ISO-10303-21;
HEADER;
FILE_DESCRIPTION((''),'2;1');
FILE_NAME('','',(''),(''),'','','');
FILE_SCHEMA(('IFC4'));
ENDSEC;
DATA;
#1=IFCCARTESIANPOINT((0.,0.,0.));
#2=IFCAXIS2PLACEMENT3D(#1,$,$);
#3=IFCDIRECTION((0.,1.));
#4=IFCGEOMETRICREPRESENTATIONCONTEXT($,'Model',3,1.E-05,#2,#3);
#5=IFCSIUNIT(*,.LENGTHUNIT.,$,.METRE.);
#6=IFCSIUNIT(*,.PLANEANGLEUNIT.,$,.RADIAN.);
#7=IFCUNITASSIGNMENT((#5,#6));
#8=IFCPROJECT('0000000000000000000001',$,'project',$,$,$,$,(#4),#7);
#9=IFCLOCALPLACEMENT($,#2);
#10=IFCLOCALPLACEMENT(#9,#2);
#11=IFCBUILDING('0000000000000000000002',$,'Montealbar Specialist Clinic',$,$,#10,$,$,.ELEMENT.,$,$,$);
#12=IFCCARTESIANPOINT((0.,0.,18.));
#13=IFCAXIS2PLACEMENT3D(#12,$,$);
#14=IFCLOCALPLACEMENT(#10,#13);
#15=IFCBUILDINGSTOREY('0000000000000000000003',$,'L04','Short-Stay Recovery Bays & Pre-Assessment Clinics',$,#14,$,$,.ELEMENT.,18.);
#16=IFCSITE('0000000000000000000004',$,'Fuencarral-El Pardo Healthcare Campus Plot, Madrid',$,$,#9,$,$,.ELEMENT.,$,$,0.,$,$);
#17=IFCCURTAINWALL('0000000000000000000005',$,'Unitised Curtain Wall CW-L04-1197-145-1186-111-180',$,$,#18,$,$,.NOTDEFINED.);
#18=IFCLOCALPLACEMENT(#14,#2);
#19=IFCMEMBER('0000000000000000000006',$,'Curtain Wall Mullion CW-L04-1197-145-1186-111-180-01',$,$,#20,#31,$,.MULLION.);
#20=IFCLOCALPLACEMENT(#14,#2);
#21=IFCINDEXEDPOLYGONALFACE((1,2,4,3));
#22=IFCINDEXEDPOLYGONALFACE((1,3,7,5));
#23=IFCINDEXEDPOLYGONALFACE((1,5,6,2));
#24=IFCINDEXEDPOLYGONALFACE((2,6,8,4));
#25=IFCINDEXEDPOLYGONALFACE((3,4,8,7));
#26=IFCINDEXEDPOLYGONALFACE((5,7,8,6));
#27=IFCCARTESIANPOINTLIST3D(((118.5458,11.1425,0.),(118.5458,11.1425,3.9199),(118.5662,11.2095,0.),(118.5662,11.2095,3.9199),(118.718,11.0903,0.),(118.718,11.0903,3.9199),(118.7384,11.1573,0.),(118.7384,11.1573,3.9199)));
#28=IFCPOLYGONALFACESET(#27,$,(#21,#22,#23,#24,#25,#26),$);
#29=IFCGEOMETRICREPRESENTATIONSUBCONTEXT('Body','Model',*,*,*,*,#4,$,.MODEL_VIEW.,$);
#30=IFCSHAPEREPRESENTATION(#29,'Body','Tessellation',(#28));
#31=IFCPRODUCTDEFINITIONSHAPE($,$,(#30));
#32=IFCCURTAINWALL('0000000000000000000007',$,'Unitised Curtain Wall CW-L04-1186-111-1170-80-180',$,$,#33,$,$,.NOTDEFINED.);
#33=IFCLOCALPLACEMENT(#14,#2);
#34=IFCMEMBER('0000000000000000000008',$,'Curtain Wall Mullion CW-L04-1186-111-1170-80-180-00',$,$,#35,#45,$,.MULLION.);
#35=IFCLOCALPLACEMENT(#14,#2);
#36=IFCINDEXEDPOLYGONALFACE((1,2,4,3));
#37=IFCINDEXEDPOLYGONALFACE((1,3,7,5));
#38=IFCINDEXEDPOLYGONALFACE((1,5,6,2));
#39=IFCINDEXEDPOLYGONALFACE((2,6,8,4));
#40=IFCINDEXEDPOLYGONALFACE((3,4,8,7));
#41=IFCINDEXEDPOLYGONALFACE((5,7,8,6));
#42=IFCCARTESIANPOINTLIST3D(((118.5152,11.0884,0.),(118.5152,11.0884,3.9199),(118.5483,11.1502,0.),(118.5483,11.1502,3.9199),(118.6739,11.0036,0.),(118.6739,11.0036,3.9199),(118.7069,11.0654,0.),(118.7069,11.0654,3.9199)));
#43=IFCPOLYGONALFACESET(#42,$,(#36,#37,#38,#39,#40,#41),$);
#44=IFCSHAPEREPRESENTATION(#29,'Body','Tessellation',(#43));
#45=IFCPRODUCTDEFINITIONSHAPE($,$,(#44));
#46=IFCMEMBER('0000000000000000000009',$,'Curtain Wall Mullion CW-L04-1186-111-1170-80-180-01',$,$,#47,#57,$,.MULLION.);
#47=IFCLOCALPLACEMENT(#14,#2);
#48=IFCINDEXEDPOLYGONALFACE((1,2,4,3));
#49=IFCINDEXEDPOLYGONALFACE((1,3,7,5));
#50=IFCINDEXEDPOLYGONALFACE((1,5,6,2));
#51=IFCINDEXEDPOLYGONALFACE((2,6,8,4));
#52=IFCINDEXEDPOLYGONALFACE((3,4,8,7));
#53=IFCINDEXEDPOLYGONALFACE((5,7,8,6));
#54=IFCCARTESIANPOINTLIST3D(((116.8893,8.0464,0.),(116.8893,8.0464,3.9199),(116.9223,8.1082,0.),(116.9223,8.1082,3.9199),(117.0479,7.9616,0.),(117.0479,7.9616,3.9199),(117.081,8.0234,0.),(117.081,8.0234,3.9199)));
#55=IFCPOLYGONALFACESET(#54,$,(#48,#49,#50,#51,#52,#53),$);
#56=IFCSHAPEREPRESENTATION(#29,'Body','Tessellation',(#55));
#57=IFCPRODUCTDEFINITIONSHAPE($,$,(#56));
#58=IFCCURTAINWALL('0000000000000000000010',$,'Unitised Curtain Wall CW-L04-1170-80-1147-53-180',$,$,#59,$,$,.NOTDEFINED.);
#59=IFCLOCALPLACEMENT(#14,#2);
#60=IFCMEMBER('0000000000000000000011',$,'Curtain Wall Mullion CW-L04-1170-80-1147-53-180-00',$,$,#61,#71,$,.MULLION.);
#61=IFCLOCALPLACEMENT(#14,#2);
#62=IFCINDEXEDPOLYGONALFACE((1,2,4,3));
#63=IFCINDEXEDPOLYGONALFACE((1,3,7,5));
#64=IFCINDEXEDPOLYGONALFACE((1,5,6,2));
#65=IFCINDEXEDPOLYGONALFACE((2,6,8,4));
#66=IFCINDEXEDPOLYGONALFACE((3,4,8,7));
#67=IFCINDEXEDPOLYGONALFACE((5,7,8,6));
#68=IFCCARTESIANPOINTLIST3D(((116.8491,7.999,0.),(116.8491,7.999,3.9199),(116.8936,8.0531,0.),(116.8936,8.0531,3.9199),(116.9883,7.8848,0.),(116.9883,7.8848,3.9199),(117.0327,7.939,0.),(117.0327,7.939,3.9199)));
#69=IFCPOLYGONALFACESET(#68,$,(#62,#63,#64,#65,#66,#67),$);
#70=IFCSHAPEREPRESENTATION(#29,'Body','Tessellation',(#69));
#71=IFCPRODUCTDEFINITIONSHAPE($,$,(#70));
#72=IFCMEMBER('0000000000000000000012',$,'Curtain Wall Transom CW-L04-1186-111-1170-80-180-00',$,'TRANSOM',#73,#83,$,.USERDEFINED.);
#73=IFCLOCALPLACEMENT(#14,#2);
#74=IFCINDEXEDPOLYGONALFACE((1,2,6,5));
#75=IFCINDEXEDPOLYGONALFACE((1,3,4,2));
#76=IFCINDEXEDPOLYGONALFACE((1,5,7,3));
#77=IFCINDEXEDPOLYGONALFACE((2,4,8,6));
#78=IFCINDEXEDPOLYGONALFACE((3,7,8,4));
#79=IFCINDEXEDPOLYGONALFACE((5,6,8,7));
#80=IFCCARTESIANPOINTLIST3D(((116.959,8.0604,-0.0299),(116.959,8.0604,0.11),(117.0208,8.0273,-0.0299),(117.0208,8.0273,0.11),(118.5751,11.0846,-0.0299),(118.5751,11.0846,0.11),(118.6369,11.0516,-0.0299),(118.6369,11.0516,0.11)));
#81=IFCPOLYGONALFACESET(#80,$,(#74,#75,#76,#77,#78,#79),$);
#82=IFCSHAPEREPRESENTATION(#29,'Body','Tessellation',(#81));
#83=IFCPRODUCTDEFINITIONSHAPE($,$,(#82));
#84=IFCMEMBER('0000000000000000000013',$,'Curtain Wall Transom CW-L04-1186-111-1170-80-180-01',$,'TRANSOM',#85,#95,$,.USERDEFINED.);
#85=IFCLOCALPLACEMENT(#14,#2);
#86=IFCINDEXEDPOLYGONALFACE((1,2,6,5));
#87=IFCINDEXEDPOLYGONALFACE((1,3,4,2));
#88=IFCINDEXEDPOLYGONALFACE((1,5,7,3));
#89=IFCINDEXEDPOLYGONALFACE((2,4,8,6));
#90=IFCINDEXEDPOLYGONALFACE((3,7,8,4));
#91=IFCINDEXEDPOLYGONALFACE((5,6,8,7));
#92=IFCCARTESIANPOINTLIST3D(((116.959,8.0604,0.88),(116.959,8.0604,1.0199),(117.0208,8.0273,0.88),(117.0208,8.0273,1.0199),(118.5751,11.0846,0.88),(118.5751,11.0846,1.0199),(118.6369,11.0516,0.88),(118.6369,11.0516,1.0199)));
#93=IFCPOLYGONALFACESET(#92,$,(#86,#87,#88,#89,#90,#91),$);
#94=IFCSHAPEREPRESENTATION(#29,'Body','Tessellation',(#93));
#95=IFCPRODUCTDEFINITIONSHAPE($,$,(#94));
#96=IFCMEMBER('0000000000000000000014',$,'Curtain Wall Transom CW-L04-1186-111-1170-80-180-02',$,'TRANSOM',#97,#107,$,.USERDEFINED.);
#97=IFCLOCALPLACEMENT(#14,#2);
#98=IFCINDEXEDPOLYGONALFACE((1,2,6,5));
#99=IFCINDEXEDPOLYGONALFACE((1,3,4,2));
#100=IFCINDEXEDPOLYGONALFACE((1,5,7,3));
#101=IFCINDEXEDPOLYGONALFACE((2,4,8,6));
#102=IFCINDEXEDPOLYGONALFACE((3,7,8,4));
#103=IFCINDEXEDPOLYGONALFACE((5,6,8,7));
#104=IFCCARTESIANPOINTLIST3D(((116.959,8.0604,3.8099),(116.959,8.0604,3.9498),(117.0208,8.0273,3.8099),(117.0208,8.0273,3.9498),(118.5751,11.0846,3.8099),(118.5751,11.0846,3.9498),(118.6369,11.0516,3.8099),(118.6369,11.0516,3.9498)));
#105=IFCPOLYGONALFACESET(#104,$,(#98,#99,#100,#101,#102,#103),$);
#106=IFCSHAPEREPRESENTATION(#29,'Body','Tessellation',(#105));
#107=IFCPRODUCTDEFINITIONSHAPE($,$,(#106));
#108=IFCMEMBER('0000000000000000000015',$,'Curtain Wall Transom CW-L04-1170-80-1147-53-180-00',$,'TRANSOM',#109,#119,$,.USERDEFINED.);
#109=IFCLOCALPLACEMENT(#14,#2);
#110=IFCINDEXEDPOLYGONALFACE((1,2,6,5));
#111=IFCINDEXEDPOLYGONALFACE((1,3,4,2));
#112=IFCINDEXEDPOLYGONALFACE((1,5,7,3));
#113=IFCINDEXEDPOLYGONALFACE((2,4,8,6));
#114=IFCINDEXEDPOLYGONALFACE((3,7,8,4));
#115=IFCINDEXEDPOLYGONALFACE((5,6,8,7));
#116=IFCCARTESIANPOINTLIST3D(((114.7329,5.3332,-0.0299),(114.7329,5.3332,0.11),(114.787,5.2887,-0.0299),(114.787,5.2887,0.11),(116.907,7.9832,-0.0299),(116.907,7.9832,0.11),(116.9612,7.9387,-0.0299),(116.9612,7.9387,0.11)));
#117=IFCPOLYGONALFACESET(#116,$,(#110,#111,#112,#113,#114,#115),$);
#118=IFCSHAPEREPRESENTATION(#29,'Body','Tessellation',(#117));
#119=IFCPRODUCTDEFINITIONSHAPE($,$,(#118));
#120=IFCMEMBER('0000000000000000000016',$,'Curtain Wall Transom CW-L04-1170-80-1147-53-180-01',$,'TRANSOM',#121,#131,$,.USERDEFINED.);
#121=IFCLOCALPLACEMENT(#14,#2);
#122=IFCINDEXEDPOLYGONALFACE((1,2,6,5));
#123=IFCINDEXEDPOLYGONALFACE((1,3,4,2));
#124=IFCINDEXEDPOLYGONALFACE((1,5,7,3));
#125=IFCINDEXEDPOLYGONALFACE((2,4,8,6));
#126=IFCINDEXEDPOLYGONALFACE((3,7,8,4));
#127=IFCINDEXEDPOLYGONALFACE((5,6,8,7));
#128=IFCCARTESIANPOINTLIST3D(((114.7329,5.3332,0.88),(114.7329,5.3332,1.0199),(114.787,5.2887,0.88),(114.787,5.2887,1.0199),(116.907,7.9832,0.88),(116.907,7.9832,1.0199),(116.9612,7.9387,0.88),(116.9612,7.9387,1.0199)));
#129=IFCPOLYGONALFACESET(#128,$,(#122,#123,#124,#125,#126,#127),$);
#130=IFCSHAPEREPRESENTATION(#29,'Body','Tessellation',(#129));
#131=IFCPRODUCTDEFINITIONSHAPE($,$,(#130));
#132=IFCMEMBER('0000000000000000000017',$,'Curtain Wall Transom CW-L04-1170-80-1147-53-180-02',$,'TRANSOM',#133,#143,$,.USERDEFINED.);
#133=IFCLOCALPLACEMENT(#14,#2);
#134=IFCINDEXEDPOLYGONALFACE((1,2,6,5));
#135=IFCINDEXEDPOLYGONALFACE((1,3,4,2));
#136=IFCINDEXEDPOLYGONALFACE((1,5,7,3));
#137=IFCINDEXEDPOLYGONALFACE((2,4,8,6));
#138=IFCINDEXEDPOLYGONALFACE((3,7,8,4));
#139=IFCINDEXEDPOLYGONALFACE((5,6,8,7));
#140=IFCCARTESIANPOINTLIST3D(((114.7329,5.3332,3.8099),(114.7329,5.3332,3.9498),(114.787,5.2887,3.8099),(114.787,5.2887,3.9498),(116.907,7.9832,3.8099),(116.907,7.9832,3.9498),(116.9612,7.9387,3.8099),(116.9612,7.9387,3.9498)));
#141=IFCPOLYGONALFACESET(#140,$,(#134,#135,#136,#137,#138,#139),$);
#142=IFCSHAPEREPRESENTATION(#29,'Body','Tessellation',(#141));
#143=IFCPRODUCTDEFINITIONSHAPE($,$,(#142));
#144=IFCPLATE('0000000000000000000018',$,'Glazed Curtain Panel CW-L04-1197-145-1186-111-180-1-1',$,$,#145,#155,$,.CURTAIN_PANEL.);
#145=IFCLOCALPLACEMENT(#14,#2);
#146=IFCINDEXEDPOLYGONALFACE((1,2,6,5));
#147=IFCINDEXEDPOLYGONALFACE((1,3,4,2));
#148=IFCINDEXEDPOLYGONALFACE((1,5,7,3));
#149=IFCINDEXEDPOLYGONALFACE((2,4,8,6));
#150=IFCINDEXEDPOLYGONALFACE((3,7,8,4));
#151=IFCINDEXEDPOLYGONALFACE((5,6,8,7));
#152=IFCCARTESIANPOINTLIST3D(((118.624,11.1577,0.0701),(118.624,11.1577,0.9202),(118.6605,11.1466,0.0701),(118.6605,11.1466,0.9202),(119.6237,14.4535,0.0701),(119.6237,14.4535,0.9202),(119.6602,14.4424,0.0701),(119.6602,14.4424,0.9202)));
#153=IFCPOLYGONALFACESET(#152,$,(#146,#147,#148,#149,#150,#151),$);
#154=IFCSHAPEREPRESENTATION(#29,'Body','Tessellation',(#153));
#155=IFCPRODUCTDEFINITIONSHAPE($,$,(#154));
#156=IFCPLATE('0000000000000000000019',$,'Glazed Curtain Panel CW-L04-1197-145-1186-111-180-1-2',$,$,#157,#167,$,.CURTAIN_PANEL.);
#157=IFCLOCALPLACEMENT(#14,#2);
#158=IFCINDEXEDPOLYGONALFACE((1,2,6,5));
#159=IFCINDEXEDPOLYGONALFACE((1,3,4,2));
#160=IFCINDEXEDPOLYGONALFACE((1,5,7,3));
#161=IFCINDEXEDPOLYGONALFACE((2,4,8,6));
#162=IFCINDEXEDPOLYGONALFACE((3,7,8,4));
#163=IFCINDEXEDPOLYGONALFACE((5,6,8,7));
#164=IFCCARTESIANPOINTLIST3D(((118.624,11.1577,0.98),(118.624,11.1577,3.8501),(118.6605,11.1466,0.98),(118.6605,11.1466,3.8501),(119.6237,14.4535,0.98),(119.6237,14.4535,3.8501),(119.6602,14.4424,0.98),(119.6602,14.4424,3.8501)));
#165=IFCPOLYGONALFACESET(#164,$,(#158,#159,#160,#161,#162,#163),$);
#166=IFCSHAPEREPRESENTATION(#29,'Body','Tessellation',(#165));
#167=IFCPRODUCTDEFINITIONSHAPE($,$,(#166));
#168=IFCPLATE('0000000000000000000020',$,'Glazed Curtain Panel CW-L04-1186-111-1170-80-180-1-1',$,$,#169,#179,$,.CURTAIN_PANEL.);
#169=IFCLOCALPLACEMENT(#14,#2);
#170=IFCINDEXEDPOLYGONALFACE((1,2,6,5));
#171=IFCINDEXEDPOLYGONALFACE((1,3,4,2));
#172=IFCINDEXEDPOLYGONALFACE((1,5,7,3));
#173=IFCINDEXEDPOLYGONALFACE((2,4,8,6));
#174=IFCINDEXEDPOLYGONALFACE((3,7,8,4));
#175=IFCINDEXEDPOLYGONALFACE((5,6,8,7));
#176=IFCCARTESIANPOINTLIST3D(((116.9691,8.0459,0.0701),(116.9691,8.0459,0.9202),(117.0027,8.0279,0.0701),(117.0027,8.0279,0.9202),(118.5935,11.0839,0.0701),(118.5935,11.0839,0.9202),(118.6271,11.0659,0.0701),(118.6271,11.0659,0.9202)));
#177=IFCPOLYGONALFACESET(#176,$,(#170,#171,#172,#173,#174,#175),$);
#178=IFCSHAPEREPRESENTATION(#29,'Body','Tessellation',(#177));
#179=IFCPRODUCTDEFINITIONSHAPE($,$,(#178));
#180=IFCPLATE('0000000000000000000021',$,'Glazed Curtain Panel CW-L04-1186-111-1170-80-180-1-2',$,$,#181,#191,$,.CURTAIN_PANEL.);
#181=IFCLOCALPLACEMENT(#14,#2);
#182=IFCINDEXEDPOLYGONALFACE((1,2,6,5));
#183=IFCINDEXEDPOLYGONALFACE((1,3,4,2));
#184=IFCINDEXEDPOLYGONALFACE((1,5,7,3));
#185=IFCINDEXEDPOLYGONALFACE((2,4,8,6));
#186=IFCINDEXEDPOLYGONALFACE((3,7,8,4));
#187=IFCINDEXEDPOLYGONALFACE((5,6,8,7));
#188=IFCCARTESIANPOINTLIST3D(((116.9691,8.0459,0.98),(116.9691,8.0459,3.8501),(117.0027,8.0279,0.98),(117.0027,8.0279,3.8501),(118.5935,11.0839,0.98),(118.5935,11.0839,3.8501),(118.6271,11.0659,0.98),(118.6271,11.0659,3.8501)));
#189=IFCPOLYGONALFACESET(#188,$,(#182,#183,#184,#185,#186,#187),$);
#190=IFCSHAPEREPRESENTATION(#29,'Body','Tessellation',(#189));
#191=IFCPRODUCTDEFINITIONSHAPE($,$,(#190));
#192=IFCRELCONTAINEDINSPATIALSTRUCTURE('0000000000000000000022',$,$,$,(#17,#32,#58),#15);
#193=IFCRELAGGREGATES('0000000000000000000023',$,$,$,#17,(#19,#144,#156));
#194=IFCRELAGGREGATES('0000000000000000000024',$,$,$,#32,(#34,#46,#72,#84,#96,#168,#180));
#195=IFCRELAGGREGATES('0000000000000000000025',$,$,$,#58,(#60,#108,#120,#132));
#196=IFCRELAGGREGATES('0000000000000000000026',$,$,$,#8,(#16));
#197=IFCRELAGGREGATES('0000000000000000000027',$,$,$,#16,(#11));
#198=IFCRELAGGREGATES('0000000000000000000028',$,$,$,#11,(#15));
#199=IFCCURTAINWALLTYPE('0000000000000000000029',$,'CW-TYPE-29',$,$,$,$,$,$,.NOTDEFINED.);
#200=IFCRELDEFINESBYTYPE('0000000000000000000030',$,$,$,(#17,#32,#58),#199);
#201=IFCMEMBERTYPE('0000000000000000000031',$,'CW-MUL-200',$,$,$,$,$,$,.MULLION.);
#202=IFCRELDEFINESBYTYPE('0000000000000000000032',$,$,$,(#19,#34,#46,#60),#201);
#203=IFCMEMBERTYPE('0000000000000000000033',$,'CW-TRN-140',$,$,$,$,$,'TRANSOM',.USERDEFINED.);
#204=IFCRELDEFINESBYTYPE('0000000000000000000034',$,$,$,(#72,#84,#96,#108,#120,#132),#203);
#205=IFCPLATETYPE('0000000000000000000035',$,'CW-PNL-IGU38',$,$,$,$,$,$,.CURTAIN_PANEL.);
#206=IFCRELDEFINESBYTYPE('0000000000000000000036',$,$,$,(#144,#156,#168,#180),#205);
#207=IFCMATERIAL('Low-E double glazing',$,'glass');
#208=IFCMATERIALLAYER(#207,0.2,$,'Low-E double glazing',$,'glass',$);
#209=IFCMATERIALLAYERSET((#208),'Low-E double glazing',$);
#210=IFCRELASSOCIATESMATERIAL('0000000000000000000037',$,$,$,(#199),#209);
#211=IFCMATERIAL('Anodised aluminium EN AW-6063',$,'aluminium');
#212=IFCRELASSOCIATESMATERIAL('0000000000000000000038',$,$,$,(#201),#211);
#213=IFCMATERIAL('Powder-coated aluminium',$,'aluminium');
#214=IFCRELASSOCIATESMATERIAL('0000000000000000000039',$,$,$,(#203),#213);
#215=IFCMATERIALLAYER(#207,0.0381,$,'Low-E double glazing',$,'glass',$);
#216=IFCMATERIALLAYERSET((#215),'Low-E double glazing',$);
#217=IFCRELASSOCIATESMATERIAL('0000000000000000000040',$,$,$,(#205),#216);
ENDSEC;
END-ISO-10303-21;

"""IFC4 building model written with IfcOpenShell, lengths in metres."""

from ifc_helpers import new_model, si_unit, direction, frame, origin, origin_2d, place, context, subcontext, project, spatial, rectangle, extrude, material, layer, layer_set, material_profile, profile_set, type_object, element, aggregate, save


model = new_model("IFC4")

# Units and contexts
model_context = context("Model", 3, precision=1e-05, world=origin(), true_north=direction((0.0, 1.0)))
body_context = subcontext(model_context, "Body", "Model", "MODEL_VIEW")
ifc_project = project(units=[si_unit("LENGTHUNIT", "METRE"), si_unit("PLANEANGLEUNIT", "RADIAN")], contexts=[model_context])

# Site, building, storey
site_placement = place(None, origin())
site = spatial("IfcSite", under=ifc_project, at=site_placement, Name="Fuencarral-El Pardo Healthcare Campus Plot, Madrid", CompositionType="ELEMENT", RefElevation=0.0)
building_placement = place(site_placement, origin())
building = spatial("IfcBuilding", under=site, at=building_placement, Name="Montealbar Specialist Clinic", CompositionType="ELEMENT")
storey_placement = place(building_placement, frame((0.0, 0.0, 18.0)))
storey = spatial("IfcBuildingStorey", under=building, at=storey_placement, Name="L04", Description="Short-Stay Recovery Bays & Pre-Assessment Clinics", CompositionType="ELEMENT", Elevation=18.0)

# Curtain wall, member
ifc_material_1 = material(Name="Low-E double glazing", Category="glass")
ifc_layer_1 = layer(ifc_material_1, 0.2, Name="Low-E double glazing", Category="glass")
ifc_layer_set_1 = layer_set([ifc_layer_1], Name="Low-E double glazing")
curtain_wall_type = type_object("IfcCurtainWallType", Name="CW-TYPE-29", PredefinedType="NOTDEFINED", material=ifc_layer_set_1)
curtain_wall_1_placement = place(storey_placement, origin())
curtain_wall_1 = element("IfcCurtainWall", 1, at=curtain_wall_1_placement, inside=storey, type_object=curtain_wall_type, Name="Unitised Curtain Wall CW-L04-1197-145-1186-111-180", PredefinedType="NOTDEFINED")
ifc_material_2 = material(Name="Anodised aluminium EN AW-6063", Category="aluminium")
ifc_material_profile_1 = material_profile(ifc_material_2, rectangle(XDim=0.0701, YDim=0.1799, at=origin_2d()), Name="ALU 70x180", Category="aluminium")
ifc_profile_set_1 = profile_set([ifc_material_profile_1], Name="Anodised aluminium EN AW-6063")
member_type_1 = type_object("IfcMemberType", Name="CW-MUL-200", PredefinedType="MULLION", material=ifc_profile_set_1)
member_1_placement = place(storey_placement, frame((118.6421, 11.1499, 0.0), z_axis=(0.0, 0.0, 1.0), x_axis=(-0.290259, -0.956948, 0.0)))
member_1 = element("IfcMember", 2, at=member_1_placement, type_object=member_type_1, Name="Curtain Wall Mullion CW-L04-1197-145-1186-111-180-01", PredefinedType="MULLION", context=body_context, shape_type="SweptSolid", body=[
    extrude(rectangle(XDim=0.0701, YDim=0.1799, at=origin_2d()), origin(), (0.0, 0.0, 1.0), 3.9199),
])

# Curtain wall, members
curtain_wall_2_placement = place(storey_placement, origin())
curtain_wall_2 = element("IfcCurtainWall", 3, at=curtain_wall_2_placement, inside=storey, type_object=curtain_wall_type, Name="Unitised Curtain Wall CW-L04-1186-111-1170-80-180", PredefinedType="NOTDEFINED")
member_2_placement = place(storey_placement, frame((118.6111, 11.0769, 0.0), z_axis=(0.0, 0.0, 1.0), x_axis=(-0.471529, -0.88185, 0.0)))
member_2 = element("IfcMember", 4, at=member_2_placement, type_object=member_type_1, Name="Curtain Wall Mullion CW-L04-1186-111-1170-80-180-00", PredefinedType="MULLION", context=body_context, shape_type="SweptSolid", body=[
    extrude(rectangle(XDim=0.0701, YDim=0.1799, at=origin_2d()), origin(), (0.0, 0.0, 1.0), 3.9199),
])
member_3_placement = place(storey_placement, frame((116.9851, 8.0349, 0.0), z_axis=(0.0, 0.0, 1.0), x_axis=(-0.471529, -0.88185, 0.0)))
member_3 = element("IfcMember", 5, at=member_3_placement, type_object=member_type_1, Name="Curtain Wall Mullion CW-L04-1186-111-1170-80-180-01", PredefinedType="MULLION", context=body_context, shape_type="SweptSolid", body=[
    extrude(rectangle(XDim=0.0701, YDim=0.1799, at=origin_2d()), origin(), (0.0, 0.0, 1.0), 3.9199),
])

# Curtain wall, member
curtain_wall_3_placement = place(storey_placement, origin())
curtain_wall_3 = element("IfcCurtainWall", 6, at=curtain_wall_3_placement, inside=storey, type_object=curtain_wall_type, Name="Unitised Curtain Wall CW-L04-1170-80-1147-53-180", PredefinedType="NOTDEFINED")
member_4_placement = place(storey_placement, frame((116.9409, 7.969, 0.0), z_axis=(0.0, 0.0, 1.0), x_axis=(-0.634256, -0.773123, 0.0)))
member_4 = element("IfcMember", 7, at=member_4_placement, type_object=member_type_1, Name="Curtain Wall Mullion CW-L04-1170-80-1147-53-180-00", PredefinedType="MULLION", context=body_context, shape_type="SweptSolid", body=[
    extrude(rectangle(XDim=0.0701, YDim=0.1799, at=origin_2d()), origin(), (0.0, 0.0, 1.0), 3.9199),
])

# Members
ifc_material_3 = material(Name="Powder-coated aluminium", Category="aluminium")
ifc_material_profile_2 = material_profile(ifc_material_3, rectangle(XDim=0.0701, YDim=0.1399, at=origin_2d()), Name="ALU 70x140", Category="aluminium")
ifc_profile_set_2 = profile_set([ifc_material_profile_2], Name="Powder-coated aluminium")
member_type_2 = type_object("IfcMemberType", Name="CW-TRN-140", ElementType="TRANSOM", PredefinedType="USERDEFINED", material=ifc_profile_set_2)
member_5_placement = place(storey_placement, frame((118.606, 11.0681, 0.04), z_axis=(-0.471287, -0.88198, 0.0), x_axis=(0.88198, -0.471287, 0.0)))
member_5 = element("IfcMember", 8, at=member_5_placement, type_object=member_type_2, Name="Curtain Wall Transom CW-L04-1186-111-1170-80-180-00", ObjectType="TRANSOM", PredefinedType="USERDEFINED", context=body_context, shape_type="SweptSolid", body=[
    extrude(rectangle(XDim=0.0701, YDim=0.1399, at=origin_2d()), origin(), (0.0, 0.0, 1.0), 3.429),
])
member_6_placement = place(storey_placement, frame((118.606, 11.0681, 0.95), z_axis=(-0.471287, -0.88198, 0.0), x_axis=(0.88198, -0.471287, 0.0)))
member_6 = element("IfcMember", 9, at=member_6_placement, type_object=member_type_2, Name="Curtain Wall Transom CW-L04-1186-111-1170-80-180-01", ObjectType="TRANSOM", PredefinedType="USERDEFINED", context=body_context, shape_type="SweptSolid", body=[
    extrude(rectangle(XDim=0.0701, YDim=0.1399, at=origin_2d()), origin(), (0.0, 0.0, 1.0), 3.429),
])
member_7_placement = place(storey_placement, frame((118.606, 11.0681, 3.8799), z_axis=(-0.471287, -0.88198, 0.0), x_axis=(0.88198, -0.471287, 0.0)))
member_7 = element("IfcMember", 10, at=member_7_placement, type_object=member_type_2, Name="Curtain Wall Transom CW-L04-1186-111-1170-80-180-02", ObjectType="TRANSOM", PredefinedType="USERDEFINED", context=body_context, shape_type="SweptSolid", body=[
    extrude(rectangle(XDim=0.0701, YDim=0.1399, at=origin_2d()), origin(), (0.0, 0.0, 1.0), 3.429),
])
member_8_placement = place(storey_placement, frame((116.9341, 7.9609, 0.04), z_axis=(-0.634281, -0.773103, 0.0), x_axis=(0.773103, -0.634281, 0.0)))
member_8 = element("IfcMember", 11, at=member_8_placement, type_object=member_type_2, Name="Curtain Wall Transom CW-L04-1170-80-1147-53-180-00", ObjectType="TRANSOM", PredefinedType="USERDEFINED", context=body_context, shape_type="SweptSolid", body=[
    extrude(rectangle(XDim=0.0701, YDim=0.1399, at=origin_2d()), origin(), (0.0, 0.0, 1.0), 3.4277),
])
member_9_placement = place(storey_placement, frame((116.9341, 7.9609, 0.95), z_axis=(-0.634281, -0.773103, 0.0), x_axis=(0.773103, -0.634281, 0.0)))
member_9 = element("IfcMember", 12, at=member_9_placement, type_object=member_type_2, Name="Curtain Wall Transom CW-L04-1170-80-1147-53-180-01", ObjectType="TRANSOM", PredefinedType="USERDEFINED", context=body_context, shape_type="SweptSolid", body=[
    extrude(rectangle(XDim=0.0701, YDim=0.1399, at=origin_2d()), origin(), (0.0, 0.0, 1.0), 3.4277),
])
member_10_placement = place(storey_placement, frame((116.9341, 7.9609, 3.8799), z_axis=(-0.634281, -0.773103, 0.0), x_axis=(0.773103, -0.634281, 0.0)))
member_10 = element("IfcMember", 13, at=member_10_placement, type_object=member_type_2, Name="Curtain Wall Transom CW-L04-1170-80-1147-53-180-02", ObjectType="TRANSOM", PredefinedType="USERDEFINED", context=body_context, shape_type="SweptSolid", body=[
    extrude(rectangle(XDim=0.0701, YDim=0.1399, at=origin_2d()), origin(), (0.0, 0.0, 1.0), 3.4277),
])

# Plates
ifc_layer_2 = layer(ifc_material_1, 0.0381, Name="Low-E double glazing", Category="glass")
ifc_layer_set_2 = layer_set([ifc_layer_2], Name="Low-E double glazing")
plate_type = type_object("IfcPlateType", Name="CW-PNL-IGU38", PredefinedType="CURTAIN_PANEL", material=ifc_layer_set_2)
plate_1_placement = place(storey_placement, frame((119.1421, 12.8, 0.0701), z_axis=(0.0, 0.0, 1.0), x_axis=(-0.290259, -0.956948, 0.0)))
plate_1 = element("IfcPlate", 14, at=plate_1_placement, type_object=plate_type, Name="Glazed Curtain Panel CW-L04-1197-145-1186-111-180-1-1", PredefinedType="CURTAIN_PANEL", context=body_context, shape_type="SweptSolid", body=[
    extrude(rectangle(XDim=3.4441, YDim=0.0381, at=origin_2d()), origin(), (0.0, 0.0, 1.0), 0.8501),
])
plate_2_placement = place(storey_placement, frame((119.1421, 12.8, 0.98), z_axis=(0.0, 0.0, 1.0), x_axis=(-0.290259, -0.956948, 0.0)))
plate_2 = element("IfcPlate", 15, at=plate_2_placement, type_object=plate_type, Name="Glazed Curtain Panel CW-L04-1197-145-1186-111-180-1-2", PredefinedType="CURTAIN_PANEL", context=body_context, shape_type="SweptSolid", body=[
    extrude(rectangle(XDim=3.4441, YDim=0.0381, at=origin_2d()), origin(), (0.0, 0.0, 1.0), 2.8701),
])
aggregate(curtain_wall_1, [member_1, plate_1, plate_2])
plate_3_placement = place(storey_placement, frame((117.7981, 9.5559, 0.0701), z_axis=(0.0, 0.0, 1.0), x_axis=(-0.471529, -0.88185, 0.0)))
plate_3 = element("IfcPlate", 16, at=plate_3_placement, type_object=plate_type, Name="Glazed Curtain Panel CW-L04-1186-111-1170-80-180-1-1", PredefinedType="CURTAIN_PANEL", context=body_context, shape_type="SweptSolid", body=[
    extrude(rectangle(XDim=3.4451, YDim=0.0381, at=origin_2d()), origin(), (0.0, 0.0, 1.0), 0.8501),
])
plate_4_placement = place(storey_placement, frame((117.7981, 9.5559, 0.98), z_axis=(0.0, 0.0, 1.0), x_axis=(-0.471529, -0.88185, 0.0)))
plate_4 = element("IfcPlate", 17, at=plate_4_placement, type_object=plate_type, Name="Glazed Curtain Panel CW-L04-1186-111-1170-80-180-1-2", PredefinedType="CURTAIN_PANEL", context=body_context, shape_type="SweptSolid", body=[
    extrude(rectangle(XDim=3.4451, YDim=0.0381, at=origin_2d()), origin(), (0.0, 0.0, 1.0), 2.8701),
])
aggregate(curtain_wall_2, [member_2, member_3, member_5, member_6, member_7, plate_3, plate_4])
aggregate(curtain_wall_3, [member_4, member_8, member_9, member_10])

save(model, "model.ifc")
